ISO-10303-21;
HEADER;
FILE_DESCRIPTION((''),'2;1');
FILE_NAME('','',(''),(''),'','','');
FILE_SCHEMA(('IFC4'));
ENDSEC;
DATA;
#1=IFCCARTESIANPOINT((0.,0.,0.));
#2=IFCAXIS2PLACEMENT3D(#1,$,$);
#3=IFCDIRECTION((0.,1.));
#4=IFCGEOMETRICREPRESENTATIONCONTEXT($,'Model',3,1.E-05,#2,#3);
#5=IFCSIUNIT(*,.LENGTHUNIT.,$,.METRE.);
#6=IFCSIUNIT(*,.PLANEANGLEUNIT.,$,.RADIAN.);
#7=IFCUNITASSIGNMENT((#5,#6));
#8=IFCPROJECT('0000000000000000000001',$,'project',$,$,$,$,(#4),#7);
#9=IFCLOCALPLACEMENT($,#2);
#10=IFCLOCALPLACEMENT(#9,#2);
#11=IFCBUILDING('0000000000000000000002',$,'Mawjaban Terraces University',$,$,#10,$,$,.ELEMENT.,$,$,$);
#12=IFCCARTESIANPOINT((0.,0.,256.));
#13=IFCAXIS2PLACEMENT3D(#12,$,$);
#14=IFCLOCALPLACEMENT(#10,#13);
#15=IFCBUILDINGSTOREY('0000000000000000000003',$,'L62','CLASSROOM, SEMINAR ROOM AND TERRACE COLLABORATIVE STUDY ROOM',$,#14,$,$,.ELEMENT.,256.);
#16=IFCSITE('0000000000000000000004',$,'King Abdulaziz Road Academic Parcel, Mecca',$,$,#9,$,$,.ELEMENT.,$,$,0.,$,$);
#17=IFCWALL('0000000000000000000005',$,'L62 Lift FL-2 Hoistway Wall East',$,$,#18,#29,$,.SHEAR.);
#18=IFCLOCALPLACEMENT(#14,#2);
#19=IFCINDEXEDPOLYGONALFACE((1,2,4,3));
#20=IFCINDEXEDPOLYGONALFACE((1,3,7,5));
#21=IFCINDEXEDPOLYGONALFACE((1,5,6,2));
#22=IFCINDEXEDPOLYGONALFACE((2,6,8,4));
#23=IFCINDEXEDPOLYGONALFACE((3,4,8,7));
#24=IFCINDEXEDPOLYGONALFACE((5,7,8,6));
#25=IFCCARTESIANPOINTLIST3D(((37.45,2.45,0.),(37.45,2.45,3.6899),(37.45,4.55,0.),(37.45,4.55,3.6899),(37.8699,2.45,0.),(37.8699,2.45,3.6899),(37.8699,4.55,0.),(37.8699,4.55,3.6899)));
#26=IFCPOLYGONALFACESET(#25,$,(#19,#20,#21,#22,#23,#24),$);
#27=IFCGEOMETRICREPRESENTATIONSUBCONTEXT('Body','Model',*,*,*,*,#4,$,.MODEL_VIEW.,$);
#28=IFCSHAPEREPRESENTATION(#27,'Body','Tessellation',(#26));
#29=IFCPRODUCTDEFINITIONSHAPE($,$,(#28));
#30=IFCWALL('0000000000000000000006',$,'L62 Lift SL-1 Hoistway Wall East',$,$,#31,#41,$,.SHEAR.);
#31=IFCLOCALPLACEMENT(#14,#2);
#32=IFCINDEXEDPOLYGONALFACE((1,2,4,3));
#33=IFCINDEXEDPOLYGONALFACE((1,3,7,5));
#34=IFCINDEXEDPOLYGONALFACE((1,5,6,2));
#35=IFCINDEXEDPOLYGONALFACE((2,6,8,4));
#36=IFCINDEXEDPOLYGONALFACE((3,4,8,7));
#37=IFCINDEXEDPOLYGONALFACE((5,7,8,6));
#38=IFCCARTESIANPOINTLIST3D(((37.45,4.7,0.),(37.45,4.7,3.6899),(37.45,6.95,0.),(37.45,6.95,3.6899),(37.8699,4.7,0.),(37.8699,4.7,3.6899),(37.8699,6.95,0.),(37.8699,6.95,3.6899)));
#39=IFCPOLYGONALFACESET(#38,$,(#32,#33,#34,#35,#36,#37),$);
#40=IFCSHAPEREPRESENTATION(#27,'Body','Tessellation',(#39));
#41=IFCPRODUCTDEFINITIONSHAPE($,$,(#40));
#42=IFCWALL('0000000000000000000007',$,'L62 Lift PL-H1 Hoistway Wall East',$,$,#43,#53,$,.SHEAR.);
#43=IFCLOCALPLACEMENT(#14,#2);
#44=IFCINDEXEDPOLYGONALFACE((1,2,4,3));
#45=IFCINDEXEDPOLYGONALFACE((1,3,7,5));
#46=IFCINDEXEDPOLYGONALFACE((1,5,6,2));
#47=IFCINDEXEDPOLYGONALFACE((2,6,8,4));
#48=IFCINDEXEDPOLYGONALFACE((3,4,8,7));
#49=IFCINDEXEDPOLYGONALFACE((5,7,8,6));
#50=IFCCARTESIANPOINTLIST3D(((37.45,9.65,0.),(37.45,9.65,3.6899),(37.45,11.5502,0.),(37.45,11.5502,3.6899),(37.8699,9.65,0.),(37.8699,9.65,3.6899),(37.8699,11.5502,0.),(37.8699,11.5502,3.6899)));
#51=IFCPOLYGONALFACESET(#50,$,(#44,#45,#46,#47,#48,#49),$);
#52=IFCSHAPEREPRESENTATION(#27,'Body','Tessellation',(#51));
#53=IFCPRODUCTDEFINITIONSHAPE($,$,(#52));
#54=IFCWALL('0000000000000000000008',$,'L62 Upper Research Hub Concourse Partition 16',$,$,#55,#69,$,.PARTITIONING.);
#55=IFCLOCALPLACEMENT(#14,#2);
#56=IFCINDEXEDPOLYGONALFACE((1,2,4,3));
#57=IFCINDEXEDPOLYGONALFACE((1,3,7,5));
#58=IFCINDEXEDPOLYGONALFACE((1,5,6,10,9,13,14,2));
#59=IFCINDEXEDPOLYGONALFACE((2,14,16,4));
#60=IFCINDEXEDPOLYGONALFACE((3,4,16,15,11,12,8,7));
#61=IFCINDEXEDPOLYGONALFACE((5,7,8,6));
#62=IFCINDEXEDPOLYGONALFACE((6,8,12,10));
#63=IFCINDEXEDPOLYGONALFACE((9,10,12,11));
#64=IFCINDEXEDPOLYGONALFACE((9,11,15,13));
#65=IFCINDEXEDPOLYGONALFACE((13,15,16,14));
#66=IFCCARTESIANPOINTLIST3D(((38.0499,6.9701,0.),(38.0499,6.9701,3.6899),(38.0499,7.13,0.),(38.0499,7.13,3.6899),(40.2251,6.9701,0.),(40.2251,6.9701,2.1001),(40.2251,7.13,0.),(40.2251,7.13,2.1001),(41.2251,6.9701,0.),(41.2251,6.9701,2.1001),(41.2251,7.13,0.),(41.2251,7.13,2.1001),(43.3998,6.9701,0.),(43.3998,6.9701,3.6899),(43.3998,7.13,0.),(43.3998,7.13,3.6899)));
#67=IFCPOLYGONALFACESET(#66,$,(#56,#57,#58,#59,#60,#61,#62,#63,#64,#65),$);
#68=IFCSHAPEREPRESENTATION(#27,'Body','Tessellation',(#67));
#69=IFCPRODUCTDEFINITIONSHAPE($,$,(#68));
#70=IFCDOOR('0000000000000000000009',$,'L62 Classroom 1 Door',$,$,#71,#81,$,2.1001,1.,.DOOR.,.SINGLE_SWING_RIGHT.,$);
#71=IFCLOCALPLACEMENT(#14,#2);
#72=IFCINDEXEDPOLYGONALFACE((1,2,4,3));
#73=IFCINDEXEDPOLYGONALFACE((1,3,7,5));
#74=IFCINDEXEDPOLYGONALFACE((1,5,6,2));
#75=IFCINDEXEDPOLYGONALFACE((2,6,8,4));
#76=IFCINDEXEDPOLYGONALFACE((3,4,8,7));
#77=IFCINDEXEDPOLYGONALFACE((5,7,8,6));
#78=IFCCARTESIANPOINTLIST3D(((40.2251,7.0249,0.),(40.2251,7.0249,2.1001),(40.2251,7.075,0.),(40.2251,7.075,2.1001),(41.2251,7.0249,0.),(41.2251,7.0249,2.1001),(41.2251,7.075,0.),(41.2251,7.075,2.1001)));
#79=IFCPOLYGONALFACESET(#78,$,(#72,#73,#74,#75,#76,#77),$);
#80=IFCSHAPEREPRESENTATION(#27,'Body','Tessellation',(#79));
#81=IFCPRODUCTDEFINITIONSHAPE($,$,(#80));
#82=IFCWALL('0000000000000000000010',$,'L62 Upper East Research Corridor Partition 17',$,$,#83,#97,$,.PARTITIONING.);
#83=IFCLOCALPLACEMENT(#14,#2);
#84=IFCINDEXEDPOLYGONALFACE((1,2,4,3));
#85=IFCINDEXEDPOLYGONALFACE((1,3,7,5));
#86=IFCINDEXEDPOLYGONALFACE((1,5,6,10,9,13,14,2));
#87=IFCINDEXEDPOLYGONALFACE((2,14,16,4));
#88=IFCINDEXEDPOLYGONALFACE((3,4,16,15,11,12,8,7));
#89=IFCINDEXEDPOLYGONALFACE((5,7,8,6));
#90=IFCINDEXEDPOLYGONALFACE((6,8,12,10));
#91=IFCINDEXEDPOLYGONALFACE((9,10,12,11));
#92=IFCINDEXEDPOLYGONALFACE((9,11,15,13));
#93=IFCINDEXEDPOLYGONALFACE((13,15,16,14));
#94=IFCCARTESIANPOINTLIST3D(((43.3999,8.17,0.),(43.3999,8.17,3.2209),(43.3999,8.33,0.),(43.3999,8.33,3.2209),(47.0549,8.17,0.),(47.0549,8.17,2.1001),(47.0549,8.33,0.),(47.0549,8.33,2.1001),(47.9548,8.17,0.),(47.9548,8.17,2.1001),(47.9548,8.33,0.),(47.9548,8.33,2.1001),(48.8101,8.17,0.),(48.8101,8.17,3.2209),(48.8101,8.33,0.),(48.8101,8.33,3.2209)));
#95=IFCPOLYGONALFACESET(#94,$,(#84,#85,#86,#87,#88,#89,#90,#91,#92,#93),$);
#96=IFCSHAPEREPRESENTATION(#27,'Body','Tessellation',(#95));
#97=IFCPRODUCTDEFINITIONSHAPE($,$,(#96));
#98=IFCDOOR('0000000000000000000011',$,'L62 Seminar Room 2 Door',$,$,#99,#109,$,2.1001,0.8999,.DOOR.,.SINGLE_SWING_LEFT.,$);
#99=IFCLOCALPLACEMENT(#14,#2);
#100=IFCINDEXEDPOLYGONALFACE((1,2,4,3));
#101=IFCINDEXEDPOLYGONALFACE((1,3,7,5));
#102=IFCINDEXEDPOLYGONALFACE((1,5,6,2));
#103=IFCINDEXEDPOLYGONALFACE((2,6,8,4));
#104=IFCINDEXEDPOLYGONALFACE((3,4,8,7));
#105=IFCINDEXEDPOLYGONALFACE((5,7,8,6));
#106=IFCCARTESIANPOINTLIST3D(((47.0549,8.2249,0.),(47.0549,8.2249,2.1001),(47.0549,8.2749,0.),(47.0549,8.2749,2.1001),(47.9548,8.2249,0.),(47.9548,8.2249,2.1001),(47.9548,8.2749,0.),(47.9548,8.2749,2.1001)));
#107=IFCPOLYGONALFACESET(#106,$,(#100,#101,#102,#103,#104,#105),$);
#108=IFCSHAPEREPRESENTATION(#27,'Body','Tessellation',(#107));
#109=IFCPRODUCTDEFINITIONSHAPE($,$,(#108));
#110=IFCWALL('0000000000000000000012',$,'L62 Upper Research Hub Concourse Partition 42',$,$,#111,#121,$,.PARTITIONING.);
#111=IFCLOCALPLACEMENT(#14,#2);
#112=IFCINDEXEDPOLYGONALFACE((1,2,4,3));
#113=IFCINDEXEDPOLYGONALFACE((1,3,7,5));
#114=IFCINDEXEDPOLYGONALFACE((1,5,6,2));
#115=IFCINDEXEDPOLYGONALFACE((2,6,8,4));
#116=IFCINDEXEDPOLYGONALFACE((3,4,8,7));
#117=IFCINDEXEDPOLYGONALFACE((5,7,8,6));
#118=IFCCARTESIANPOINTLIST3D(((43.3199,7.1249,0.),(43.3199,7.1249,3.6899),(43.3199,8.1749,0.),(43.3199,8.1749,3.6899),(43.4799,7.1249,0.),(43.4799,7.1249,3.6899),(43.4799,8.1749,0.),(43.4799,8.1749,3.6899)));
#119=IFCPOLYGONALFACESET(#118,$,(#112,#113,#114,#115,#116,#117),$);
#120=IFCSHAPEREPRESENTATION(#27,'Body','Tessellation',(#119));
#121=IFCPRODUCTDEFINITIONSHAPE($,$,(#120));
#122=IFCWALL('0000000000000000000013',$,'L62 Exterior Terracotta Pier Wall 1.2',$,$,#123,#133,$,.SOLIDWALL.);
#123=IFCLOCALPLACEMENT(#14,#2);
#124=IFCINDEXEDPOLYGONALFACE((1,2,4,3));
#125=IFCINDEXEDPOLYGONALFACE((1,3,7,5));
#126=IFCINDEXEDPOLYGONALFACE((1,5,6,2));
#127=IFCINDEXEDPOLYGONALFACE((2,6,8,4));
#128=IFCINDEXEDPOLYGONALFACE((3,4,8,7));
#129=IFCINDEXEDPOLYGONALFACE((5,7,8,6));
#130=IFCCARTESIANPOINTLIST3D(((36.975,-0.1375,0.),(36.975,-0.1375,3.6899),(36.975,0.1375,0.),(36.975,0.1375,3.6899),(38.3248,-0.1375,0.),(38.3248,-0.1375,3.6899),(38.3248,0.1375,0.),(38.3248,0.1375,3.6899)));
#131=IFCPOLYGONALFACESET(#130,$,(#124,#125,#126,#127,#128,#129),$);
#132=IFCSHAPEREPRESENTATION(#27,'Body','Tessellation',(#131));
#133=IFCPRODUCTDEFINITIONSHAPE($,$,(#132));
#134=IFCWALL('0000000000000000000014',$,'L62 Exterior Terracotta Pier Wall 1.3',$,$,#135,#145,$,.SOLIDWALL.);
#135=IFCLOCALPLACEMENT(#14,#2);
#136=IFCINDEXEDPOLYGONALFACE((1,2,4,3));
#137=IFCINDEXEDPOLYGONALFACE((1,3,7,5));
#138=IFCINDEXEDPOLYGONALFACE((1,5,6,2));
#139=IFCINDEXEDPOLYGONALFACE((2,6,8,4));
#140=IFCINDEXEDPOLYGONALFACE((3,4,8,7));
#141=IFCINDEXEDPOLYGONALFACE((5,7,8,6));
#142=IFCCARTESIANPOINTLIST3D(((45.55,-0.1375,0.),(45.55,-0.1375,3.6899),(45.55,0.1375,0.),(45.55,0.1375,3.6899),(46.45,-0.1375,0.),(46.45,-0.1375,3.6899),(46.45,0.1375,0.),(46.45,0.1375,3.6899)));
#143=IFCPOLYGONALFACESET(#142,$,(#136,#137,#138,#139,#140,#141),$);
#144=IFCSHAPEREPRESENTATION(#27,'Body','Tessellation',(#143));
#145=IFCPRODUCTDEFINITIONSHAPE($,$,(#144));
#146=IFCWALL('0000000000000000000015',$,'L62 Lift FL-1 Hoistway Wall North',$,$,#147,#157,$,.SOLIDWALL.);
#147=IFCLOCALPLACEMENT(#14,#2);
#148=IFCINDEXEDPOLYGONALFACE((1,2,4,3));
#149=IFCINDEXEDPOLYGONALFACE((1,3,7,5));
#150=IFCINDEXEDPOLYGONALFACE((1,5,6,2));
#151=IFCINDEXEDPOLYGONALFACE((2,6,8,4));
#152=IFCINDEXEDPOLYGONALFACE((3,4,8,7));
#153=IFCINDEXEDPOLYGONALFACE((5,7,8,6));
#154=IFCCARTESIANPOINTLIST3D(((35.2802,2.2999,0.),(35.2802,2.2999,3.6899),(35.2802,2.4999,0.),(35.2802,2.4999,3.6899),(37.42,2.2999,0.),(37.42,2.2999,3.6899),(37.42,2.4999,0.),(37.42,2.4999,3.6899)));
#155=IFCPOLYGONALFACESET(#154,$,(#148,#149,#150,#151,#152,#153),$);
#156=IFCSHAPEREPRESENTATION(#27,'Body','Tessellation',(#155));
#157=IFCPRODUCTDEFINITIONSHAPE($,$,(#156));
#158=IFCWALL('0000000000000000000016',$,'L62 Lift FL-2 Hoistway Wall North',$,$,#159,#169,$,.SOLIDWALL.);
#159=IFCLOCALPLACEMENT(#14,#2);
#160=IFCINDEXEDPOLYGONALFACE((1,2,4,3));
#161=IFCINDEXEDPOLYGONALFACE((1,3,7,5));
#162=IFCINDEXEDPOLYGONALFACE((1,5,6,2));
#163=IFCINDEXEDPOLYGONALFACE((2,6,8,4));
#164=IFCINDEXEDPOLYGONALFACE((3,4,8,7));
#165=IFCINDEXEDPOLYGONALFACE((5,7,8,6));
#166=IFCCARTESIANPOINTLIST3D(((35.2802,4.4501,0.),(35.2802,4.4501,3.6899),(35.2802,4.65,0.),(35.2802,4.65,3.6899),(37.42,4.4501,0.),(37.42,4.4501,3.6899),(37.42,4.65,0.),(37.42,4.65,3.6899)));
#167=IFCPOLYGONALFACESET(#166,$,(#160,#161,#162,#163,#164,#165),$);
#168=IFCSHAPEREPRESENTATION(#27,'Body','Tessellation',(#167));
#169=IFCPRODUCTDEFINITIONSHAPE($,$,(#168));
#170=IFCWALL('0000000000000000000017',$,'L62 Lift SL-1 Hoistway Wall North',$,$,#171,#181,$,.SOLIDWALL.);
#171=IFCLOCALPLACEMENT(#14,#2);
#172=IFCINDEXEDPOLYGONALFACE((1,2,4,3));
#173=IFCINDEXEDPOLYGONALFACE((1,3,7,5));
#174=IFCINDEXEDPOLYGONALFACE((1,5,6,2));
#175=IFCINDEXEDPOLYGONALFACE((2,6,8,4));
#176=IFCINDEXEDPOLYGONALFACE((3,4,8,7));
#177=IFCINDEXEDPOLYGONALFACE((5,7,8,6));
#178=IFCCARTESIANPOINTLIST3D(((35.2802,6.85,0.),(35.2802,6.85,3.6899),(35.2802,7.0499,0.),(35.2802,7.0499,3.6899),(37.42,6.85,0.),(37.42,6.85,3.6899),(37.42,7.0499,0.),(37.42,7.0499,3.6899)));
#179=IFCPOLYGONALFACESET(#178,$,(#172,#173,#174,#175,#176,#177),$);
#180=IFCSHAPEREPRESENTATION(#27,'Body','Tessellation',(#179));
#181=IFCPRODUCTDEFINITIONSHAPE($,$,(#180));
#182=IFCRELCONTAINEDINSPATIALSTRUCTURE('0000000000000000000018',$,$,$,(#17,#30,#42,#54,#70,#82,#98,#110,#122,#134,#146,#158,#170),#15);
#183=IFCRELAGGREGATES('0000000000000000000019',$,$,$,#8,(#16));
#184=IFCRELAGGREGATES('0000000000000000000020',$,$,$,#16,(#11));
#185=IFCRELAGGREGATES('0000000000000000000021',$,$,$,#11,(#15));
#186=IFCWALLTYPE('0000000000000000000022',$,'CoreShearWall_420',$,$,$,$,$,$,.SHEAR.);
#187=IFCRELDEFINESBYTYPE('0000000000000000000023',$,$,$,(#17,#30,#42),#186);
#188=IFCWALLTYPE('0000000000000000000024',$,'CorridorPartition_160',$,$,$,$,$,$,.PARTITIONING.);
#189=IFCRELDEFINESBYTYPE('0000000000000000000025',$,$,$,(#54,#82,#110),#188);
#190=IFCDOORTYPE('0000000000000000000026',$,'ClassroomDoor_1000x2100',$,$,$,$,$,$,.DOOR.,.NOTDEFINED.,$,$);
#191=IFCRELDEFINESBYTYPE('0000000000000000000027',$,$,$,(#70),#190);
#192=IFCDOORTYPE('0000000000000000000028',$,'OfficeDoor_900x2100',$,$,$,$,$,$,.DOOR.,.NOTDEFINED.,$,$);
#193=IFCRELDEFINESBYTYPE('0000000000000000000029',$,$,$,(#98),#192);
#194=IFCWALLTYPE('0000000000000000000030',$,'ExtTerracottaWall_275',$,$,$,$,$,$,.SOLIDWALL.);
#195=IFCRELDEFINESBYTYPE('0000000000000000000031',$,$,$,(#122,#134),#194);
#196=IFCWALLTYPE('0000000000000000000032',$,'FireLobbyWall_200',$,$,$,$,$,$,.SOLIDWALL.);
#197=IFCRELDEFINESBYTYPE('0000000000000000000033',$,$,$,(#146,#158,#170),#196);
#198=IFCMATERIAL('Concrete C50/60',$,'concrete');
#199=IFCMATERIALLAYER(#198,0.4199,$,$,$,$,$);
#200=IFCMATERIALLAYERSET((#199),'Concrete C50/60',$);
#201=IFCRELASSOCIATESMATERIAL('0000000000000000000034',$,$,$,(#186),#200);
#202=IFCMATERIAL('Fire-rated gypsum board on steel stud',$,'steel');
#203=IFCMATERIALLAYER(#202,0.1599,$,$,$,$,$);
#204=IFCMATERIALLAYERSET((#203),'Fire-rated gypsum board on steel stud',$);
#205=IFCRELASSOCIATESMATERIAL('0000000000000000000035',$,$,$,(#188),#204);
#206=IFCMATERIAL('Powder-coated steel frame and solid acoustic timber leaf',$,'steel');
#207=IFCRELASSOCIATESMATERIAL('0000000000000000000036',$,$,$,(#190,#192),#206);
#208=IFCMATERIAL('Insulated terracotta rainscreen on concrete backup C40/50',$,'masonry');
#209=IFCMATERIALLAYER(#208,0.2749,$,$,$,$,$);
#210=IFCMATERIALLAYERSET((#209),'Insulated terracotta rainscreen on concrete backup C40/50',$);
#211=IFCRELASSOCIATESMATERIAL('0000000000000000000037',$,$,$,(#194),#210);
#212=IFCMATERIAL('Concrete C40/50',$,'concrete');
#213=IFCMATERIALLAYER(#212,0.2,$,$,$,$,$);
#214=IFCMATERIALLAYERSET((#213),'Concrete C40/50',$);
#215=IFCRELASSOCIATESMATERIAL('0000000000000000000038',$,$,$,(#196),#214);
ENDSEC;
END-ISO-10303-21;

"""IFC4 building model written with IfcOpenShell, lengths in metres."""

from ifc_helpers import new_model, si_unit, direction, frame, frame_2d, origin, place, context, subcontext, project, spatial, rectangle, extrude, material, layer, layer_set, type_object, element, fill, save


model = new_model("IFC4")

# Units and contexts
model_context = context("Model", 3, precision=1e-05, world=origin(), true_north=direction((0.0, 1.0)))
body_context = subcontext(model_context, "Body", "Model", "MODEL_VIEW")
ifc_project = project(units=[si_unit("LENGTHUNIT", "METRE"), si_unit("PLANEANGLEUNIT", "RADIAN")], contexts=[model_context])

# Site, building, storey
site_placement = place(None, origin())
site = spatial("IfcSite", under=ifc_project, at=site_placement, Name="King Abdulaziz Road Academic Parcel, Mecca", CompositionType="ELEMENT", RefElevation=0.0)
building_placement = place(site_placement, origin())
building = spatial("IfcBuilding", under=site, at=building_placement, Name="Mawjaban Terraces University", CompositionType="ELEMENT")
storey_placement = place(building_placement, frame((0.0, 0.0, 256.0)))
storey = spatial("IfcBuildingStorey", under=building, at=storey_placement, Name="L62", Description="CLASSROOM, SEMINAR ROOM AND TERRACE COLLABORATIVE STUDY ROOM", CompositionType="ELEMENT", Elevation=256.0)

# Shared definitions
ifc_material_1 = material(Name="Concrete C50/60", Category="concrete")

# Walls
ifc_layer_1 = layer(ifc_material_1, 0.4199)
ifc_layer_set_1 = layer_set([ifc_layer_1], Name="Concrete C50/60")
wall_type_1 = type_object("IfcWallType", Name="CoreShearWall_420", PredefinedType="SHEAR", material=ifc_layer_set_1)
wall_1_placement = place(storey_placement, frame((37.6599, 2.45, 0.0), z_axis=(0.0, 0.0, 1.0), x_axis=(0.0, 1.0, 0.0)))
element("IfcWall", 1, at=wall_1_placement, inside=storey, type_object=wall_type_1, Name="L62 Lift FL-2 Hoistway Wall East", PredefinedType="SHEAR", context=body_context, shape_type="SweptSolid", body=[
    extrude(rectangle(XDim=2.1001, YDim=0.4199, at=frame_2d((1.05, 0.0))), origin(), (0.0, 0.0, 1.0), 3.6899),
])
wall_2_placement = place(storey_placement, frame((37.6599, 4.7, 0.0), z_axis=(0.0, 0.0, 1.0), x_axis=(0.0, 1.0, 0.0)))
element("IfcWall", 2, at=wall_2_placement, inside=storey, type_object=wall_type_1, Name="L62 Lift SL-1 Hoistway Wall East", PredefinedType="SHEAR", context=body_context, shape_type="SweptSolid", body=[
    extrude(rectangle(XDim=2.25, YDim=0.4199, at=frame_2d((1.125, 0.0))), origin(), (0.0, 0.0, 1.0), 3.6899),
])
wall_3_placement = place(storey_placement, frame((37.6599, 9.6499, 0.0), z_axis=(0.0, 0.0, 1.0), x_axis=(0.0, 1.0, 0.0)))
element("IfcWall", 3, at=wall_3_placement, inside=storey, type_object=wall_type_1, Name="L62 Lift PL-H1 Hoistway Wall East", PredefinedType="SHEAR", context=body_context, shape_type="SweptSolid", body=[
    extrude(rectangle(XDim=1.9001, YDim=0.4199, at=frame_2d((0.9502, 0.0))), origin(), (0.0, 0.0, 1.0), 3.6899),
])

# Walls, openings, doors
ifc_material_2 = material(Name="Fire-rated gypsum board on steel stud", Category="steel")
ifc_layer_2 = layer(ifc_material_2, 0.1599)
ifc_layer_set_2 = layer_set([ifc_layer_2], Name="Fire-rated gypsum board on steel stud")
wall_type_2 = type_object("IfcWallType", Name="CorridorPartition_160", PredefinedType="PARTITIONING", material=ifc_layer_set_2)
wall_4_placement = place(storey_placement, frame((38.05, 7.05, 0.0), z_axis=(0.0, 0.0, 1.0), x_axis=(1.0, 0.0, 0.0)))
wall_4 = element("IfcWall", 4, at=wall_4_placement, inside=storey, type_object=wall_type_2, Name="L62 Upper Research Hub Concourse Partition 16", PredefinedType="PARTITIONING", context=body_context, shape_type="SweptSolid", body=[
    extrude(rectangle(XDim=5.3499, YDim=0.1599, at=frame_2d((2.6748, 0.0))), origin(), (0.0, 0.0, 1.0), 3.6899),
])
opening_1_placement = place(wall_4_placement, frame((2.175, 0.0, 0.0)))
opening_1 = element("IfcOpeningElement", 5, at=opening_1_placement, cuts=wall_4, PredefinedType="OPENING", context=body_context, shape_type="SweptSolid", body=[
    extrude(rectangle(XDim=1.0, YDim=2.1001, at=frame_2d((0.5, 1.05))), frame((0.0, 0.0898, 0.0), z_axis=(0.0, -1.0, 0.0), x_axis=(1.0, 0.0, 0.0)), (0.0, 0.0, 1.0), 0.1799),
])
ifc_material_3 = material(Name="Powder-coated steel frame and solid acoustic timber leaf", Category="steel")
door_type_1 = type_object("IfcDoorType", Name="ClassroomDoor_1000x2100", OperationType="NOTDEFINED", PredefinedType="DOOR", material=ifc_material_3)
door_1_placement = place(opening_1_placement, origin())
door_1 = element("IfcDoor", 6, at=door_1_placement, inside=storey, type_object=door_type_1, Name="L62 Classroom 1 Door", OperationType="SINGLE_SWING_RIGHT", OverallHeight=2.1001, OverallWidth=1.0, PredefinedType="DOOR", context=body_context, shape_type="SweptSolid", body=[
    extrude(rectangle(XDim=1.0, YDim=2.1001, at=frame_2d((0.5, 1.05))), frame((0.0, 0.0249, 0.0), z_axis=(0.0, -1.0, 0.0), x_axis=(1.0, 0.0, 0.0)), (0.0, 0.0, 1.0), 0.05),
])
fill(opening_1, door_1)
wall_5_placement = place(storey_placement, frame((43.3999, 8.25, 0.0), z_axis=(0.0, 0.0, 1.0), x_axis=(1.0, 0.0, 0.0)))
wall_5 = element("IfcWall", 7, at=wall_5_placement, inside=storey, type_object=wall_type_2, Name="L62 Upper East Research Corridor Partition 17", PredefinedType="PARTITIONING", context=body_context, shape_type="SweptSolid", body=[
    extrude(rectangle(XDim=5.4102, YDim=0.1599, at=frame_2d((2.7051, 0.0))), origin(), (0.0, 0.0, 1.0), 3.2209),
])
opening_2_placement = place(wall_5_placement, frame((3.655, 0.0, 0.0)))
opening_2 = element("IfcOpeningElement", 8, at=opening_2_placement, cuts=wall_5, PredefinedType="OPENING", context=body_context, shape_type="SweptSolid", body=[
    extrude(rectangle(XDim=0.8999, YDim=2.1001, at=frame_2d((0.45, 1.05))), frame((0.0, 0.0898, 0.0), z_axis=(0.0, -1.0, 0.0), x_axis=(1.0, 0.0, 0.0)), (0.0, 0.0, 1.0), 0.1799),
])
door_type_2 = type_object("IfcDoorType", Name="OfficeDoor_900x2100", OperationType="NOTDEFINED", PredefinedType="DOOR", material=ifc_material_3)
door_2_placement = place(opening_2_placement, origin())
door_2 = element("IfcDoor", 9, at=door_2_placement, inside=storey, type_object=door_type_2, Name="L62 Seminar Room 2 Door", OperationType="SINGLE_SWING_LEFT", OverallHeight=2.1001, OverallWidth=0.8999, PredefinedType="DOOR", context=body_context, shape_type="SweptSolid", body=[
    extrude(rectangle(XDim=0.8999, YDim=2.1001, at=frame_2d((0.45, 1.05))), frame((0.0, 0.0249, 0.0), z_axis=(0.0, -1.0, 0.0), x_axis=(1.0, 0.0, 0.0)), (0.0, 0.0, 1.0), 0.05),
])
fill(opening_2, door_2)

# Walls
wall_6_placement = place(storey_placement, frame((43.3999, 7.125, 0.0), z_axis=(0.0, 0.0, 1.0), x_axis=(0.0, 1.0, 0.0)))
element("IfcWall", 10, at=wall_6_placement, inside=storey, type_object=wall_type_2, Name="L62 Upper Research Hub Concourse Partition 42", PredefinedType="PARTITIONING", context=body_context, shape_type="SweptSolid", body=[
    extrude(rectangle(XDim=1.05, YDim=0.1599, at=frame_2d((0.5249, 0.0))), origin(), (0.0, 0.0, 1.0), 3.6899),
])
ifc_material_4 = material(Name="Insulated terracotta rainscreen on concrete backup C40/50", Category="masonry")
ifc_layer_3 = layer(ifc_material_4, 0.2749)
ifc_layer_set_3 = layer_set([ifc_layer_3], Name="Insulated terracotta rainscreen on concrete backup C40/50")
wall_type_3 = type_object("IfcWallType", Name="ExtTerracottaWall_275", PredefinedType="SOLIDWALL", material=ifc_layer_set_3)
wall_7_placement = place(storey_placement, frame((36.9751, 0.0, 0.0), z_axis=(0.0, 0.0, 1.0), x_axis=(1.0, 0.0, 0.0)))
element("IfcWall", 11, at=wall_7_placement, inside=storey, type_object=wall_type_3, Name="L62 Exterior Terracotta Pier Wall 1.2", PredefinedType="SOLIDWALL", context=body_context, shape_type="SweptSolid", body=[
    extrude(rectangle(XDim=1.3499, YDim=0.2749, at=frame_2d((0.6748, 0.0))), origin(), (0.0, 0.0, 1.0), 3.6899),
])
wall_8_placement = place(storey_placement, frame((45.55, 0.0, 0.0), z_axis=(0.0, 0.0, 1.0), x_axis=(1.0, 0.0, 0.0)))
element("IfcWall", 12, at=wall_8_placement, inside=storey, type_object=wall_type_3, Name="L62 Exterior Terracotta Pier Wall 1.3", PredefinedType="SOLIDWALL", context=body_context, shape_type="SweptSolid", body=[
    extrude(rectangle(XDim=0.8999, YDim=0.2749, at=frame_2d((0.45, 0.0))), origin(), (0.0, 0.0, 1.0), 3.6899),
])
ifc_material_5 = material(Name="Concrete C40/50", Category="concrete")
ifc_layer_4 = layer(ifc_material_5, 0.2)
ifc_layer_set_4 = layer_set([ifc_layer_4], Name="Concrete C40/50")
wall_type_4 = type_object("IfcWallType", Name="FireLobbyWall_200", PredefinedType="SOLIDWALL", material=ifc_layer_set_4)
for number, where, z_axis, x_axis, name in (
    (13, (37.4199, 2.3999, 0.0), (0.0, 0.0, 1.0), (-1.0, 0.0, 0.0), "L62 Lift FL-1 Hoistway Wall North"),
    (14, (37.4199, 4.55, 0.0), (0.0, 0.0, 1.0), (-1.0, 0.0, 0.0), "L62 Lift FL-2 Hoistway Wall North"),
    (15, (37.4199, 6.95, 0.0), (0.0, 0.0, 1.0), (-1.0, 0.0, 0.0), "L62 Lift SL-1 Hoistway Wall North"),
):
    element("IfcWall", number, at=place(storey_placement, frame(where, z_axis=z_axis, x_axis=x_axis)), inside=storey, type_object=wall_type_4, Name=name, PredefinedType="SOLIDWALL", context=body_context, shape_type="SweptSolid", body=[
        extrude(rectangle(XDim=2.1399, YDim=0.2, at=frame_2d((1.0698, 0.0))), origin(), (0.0, 0.0, 1.0), 3.6899),
    ])

save(model, "model.ifc")
